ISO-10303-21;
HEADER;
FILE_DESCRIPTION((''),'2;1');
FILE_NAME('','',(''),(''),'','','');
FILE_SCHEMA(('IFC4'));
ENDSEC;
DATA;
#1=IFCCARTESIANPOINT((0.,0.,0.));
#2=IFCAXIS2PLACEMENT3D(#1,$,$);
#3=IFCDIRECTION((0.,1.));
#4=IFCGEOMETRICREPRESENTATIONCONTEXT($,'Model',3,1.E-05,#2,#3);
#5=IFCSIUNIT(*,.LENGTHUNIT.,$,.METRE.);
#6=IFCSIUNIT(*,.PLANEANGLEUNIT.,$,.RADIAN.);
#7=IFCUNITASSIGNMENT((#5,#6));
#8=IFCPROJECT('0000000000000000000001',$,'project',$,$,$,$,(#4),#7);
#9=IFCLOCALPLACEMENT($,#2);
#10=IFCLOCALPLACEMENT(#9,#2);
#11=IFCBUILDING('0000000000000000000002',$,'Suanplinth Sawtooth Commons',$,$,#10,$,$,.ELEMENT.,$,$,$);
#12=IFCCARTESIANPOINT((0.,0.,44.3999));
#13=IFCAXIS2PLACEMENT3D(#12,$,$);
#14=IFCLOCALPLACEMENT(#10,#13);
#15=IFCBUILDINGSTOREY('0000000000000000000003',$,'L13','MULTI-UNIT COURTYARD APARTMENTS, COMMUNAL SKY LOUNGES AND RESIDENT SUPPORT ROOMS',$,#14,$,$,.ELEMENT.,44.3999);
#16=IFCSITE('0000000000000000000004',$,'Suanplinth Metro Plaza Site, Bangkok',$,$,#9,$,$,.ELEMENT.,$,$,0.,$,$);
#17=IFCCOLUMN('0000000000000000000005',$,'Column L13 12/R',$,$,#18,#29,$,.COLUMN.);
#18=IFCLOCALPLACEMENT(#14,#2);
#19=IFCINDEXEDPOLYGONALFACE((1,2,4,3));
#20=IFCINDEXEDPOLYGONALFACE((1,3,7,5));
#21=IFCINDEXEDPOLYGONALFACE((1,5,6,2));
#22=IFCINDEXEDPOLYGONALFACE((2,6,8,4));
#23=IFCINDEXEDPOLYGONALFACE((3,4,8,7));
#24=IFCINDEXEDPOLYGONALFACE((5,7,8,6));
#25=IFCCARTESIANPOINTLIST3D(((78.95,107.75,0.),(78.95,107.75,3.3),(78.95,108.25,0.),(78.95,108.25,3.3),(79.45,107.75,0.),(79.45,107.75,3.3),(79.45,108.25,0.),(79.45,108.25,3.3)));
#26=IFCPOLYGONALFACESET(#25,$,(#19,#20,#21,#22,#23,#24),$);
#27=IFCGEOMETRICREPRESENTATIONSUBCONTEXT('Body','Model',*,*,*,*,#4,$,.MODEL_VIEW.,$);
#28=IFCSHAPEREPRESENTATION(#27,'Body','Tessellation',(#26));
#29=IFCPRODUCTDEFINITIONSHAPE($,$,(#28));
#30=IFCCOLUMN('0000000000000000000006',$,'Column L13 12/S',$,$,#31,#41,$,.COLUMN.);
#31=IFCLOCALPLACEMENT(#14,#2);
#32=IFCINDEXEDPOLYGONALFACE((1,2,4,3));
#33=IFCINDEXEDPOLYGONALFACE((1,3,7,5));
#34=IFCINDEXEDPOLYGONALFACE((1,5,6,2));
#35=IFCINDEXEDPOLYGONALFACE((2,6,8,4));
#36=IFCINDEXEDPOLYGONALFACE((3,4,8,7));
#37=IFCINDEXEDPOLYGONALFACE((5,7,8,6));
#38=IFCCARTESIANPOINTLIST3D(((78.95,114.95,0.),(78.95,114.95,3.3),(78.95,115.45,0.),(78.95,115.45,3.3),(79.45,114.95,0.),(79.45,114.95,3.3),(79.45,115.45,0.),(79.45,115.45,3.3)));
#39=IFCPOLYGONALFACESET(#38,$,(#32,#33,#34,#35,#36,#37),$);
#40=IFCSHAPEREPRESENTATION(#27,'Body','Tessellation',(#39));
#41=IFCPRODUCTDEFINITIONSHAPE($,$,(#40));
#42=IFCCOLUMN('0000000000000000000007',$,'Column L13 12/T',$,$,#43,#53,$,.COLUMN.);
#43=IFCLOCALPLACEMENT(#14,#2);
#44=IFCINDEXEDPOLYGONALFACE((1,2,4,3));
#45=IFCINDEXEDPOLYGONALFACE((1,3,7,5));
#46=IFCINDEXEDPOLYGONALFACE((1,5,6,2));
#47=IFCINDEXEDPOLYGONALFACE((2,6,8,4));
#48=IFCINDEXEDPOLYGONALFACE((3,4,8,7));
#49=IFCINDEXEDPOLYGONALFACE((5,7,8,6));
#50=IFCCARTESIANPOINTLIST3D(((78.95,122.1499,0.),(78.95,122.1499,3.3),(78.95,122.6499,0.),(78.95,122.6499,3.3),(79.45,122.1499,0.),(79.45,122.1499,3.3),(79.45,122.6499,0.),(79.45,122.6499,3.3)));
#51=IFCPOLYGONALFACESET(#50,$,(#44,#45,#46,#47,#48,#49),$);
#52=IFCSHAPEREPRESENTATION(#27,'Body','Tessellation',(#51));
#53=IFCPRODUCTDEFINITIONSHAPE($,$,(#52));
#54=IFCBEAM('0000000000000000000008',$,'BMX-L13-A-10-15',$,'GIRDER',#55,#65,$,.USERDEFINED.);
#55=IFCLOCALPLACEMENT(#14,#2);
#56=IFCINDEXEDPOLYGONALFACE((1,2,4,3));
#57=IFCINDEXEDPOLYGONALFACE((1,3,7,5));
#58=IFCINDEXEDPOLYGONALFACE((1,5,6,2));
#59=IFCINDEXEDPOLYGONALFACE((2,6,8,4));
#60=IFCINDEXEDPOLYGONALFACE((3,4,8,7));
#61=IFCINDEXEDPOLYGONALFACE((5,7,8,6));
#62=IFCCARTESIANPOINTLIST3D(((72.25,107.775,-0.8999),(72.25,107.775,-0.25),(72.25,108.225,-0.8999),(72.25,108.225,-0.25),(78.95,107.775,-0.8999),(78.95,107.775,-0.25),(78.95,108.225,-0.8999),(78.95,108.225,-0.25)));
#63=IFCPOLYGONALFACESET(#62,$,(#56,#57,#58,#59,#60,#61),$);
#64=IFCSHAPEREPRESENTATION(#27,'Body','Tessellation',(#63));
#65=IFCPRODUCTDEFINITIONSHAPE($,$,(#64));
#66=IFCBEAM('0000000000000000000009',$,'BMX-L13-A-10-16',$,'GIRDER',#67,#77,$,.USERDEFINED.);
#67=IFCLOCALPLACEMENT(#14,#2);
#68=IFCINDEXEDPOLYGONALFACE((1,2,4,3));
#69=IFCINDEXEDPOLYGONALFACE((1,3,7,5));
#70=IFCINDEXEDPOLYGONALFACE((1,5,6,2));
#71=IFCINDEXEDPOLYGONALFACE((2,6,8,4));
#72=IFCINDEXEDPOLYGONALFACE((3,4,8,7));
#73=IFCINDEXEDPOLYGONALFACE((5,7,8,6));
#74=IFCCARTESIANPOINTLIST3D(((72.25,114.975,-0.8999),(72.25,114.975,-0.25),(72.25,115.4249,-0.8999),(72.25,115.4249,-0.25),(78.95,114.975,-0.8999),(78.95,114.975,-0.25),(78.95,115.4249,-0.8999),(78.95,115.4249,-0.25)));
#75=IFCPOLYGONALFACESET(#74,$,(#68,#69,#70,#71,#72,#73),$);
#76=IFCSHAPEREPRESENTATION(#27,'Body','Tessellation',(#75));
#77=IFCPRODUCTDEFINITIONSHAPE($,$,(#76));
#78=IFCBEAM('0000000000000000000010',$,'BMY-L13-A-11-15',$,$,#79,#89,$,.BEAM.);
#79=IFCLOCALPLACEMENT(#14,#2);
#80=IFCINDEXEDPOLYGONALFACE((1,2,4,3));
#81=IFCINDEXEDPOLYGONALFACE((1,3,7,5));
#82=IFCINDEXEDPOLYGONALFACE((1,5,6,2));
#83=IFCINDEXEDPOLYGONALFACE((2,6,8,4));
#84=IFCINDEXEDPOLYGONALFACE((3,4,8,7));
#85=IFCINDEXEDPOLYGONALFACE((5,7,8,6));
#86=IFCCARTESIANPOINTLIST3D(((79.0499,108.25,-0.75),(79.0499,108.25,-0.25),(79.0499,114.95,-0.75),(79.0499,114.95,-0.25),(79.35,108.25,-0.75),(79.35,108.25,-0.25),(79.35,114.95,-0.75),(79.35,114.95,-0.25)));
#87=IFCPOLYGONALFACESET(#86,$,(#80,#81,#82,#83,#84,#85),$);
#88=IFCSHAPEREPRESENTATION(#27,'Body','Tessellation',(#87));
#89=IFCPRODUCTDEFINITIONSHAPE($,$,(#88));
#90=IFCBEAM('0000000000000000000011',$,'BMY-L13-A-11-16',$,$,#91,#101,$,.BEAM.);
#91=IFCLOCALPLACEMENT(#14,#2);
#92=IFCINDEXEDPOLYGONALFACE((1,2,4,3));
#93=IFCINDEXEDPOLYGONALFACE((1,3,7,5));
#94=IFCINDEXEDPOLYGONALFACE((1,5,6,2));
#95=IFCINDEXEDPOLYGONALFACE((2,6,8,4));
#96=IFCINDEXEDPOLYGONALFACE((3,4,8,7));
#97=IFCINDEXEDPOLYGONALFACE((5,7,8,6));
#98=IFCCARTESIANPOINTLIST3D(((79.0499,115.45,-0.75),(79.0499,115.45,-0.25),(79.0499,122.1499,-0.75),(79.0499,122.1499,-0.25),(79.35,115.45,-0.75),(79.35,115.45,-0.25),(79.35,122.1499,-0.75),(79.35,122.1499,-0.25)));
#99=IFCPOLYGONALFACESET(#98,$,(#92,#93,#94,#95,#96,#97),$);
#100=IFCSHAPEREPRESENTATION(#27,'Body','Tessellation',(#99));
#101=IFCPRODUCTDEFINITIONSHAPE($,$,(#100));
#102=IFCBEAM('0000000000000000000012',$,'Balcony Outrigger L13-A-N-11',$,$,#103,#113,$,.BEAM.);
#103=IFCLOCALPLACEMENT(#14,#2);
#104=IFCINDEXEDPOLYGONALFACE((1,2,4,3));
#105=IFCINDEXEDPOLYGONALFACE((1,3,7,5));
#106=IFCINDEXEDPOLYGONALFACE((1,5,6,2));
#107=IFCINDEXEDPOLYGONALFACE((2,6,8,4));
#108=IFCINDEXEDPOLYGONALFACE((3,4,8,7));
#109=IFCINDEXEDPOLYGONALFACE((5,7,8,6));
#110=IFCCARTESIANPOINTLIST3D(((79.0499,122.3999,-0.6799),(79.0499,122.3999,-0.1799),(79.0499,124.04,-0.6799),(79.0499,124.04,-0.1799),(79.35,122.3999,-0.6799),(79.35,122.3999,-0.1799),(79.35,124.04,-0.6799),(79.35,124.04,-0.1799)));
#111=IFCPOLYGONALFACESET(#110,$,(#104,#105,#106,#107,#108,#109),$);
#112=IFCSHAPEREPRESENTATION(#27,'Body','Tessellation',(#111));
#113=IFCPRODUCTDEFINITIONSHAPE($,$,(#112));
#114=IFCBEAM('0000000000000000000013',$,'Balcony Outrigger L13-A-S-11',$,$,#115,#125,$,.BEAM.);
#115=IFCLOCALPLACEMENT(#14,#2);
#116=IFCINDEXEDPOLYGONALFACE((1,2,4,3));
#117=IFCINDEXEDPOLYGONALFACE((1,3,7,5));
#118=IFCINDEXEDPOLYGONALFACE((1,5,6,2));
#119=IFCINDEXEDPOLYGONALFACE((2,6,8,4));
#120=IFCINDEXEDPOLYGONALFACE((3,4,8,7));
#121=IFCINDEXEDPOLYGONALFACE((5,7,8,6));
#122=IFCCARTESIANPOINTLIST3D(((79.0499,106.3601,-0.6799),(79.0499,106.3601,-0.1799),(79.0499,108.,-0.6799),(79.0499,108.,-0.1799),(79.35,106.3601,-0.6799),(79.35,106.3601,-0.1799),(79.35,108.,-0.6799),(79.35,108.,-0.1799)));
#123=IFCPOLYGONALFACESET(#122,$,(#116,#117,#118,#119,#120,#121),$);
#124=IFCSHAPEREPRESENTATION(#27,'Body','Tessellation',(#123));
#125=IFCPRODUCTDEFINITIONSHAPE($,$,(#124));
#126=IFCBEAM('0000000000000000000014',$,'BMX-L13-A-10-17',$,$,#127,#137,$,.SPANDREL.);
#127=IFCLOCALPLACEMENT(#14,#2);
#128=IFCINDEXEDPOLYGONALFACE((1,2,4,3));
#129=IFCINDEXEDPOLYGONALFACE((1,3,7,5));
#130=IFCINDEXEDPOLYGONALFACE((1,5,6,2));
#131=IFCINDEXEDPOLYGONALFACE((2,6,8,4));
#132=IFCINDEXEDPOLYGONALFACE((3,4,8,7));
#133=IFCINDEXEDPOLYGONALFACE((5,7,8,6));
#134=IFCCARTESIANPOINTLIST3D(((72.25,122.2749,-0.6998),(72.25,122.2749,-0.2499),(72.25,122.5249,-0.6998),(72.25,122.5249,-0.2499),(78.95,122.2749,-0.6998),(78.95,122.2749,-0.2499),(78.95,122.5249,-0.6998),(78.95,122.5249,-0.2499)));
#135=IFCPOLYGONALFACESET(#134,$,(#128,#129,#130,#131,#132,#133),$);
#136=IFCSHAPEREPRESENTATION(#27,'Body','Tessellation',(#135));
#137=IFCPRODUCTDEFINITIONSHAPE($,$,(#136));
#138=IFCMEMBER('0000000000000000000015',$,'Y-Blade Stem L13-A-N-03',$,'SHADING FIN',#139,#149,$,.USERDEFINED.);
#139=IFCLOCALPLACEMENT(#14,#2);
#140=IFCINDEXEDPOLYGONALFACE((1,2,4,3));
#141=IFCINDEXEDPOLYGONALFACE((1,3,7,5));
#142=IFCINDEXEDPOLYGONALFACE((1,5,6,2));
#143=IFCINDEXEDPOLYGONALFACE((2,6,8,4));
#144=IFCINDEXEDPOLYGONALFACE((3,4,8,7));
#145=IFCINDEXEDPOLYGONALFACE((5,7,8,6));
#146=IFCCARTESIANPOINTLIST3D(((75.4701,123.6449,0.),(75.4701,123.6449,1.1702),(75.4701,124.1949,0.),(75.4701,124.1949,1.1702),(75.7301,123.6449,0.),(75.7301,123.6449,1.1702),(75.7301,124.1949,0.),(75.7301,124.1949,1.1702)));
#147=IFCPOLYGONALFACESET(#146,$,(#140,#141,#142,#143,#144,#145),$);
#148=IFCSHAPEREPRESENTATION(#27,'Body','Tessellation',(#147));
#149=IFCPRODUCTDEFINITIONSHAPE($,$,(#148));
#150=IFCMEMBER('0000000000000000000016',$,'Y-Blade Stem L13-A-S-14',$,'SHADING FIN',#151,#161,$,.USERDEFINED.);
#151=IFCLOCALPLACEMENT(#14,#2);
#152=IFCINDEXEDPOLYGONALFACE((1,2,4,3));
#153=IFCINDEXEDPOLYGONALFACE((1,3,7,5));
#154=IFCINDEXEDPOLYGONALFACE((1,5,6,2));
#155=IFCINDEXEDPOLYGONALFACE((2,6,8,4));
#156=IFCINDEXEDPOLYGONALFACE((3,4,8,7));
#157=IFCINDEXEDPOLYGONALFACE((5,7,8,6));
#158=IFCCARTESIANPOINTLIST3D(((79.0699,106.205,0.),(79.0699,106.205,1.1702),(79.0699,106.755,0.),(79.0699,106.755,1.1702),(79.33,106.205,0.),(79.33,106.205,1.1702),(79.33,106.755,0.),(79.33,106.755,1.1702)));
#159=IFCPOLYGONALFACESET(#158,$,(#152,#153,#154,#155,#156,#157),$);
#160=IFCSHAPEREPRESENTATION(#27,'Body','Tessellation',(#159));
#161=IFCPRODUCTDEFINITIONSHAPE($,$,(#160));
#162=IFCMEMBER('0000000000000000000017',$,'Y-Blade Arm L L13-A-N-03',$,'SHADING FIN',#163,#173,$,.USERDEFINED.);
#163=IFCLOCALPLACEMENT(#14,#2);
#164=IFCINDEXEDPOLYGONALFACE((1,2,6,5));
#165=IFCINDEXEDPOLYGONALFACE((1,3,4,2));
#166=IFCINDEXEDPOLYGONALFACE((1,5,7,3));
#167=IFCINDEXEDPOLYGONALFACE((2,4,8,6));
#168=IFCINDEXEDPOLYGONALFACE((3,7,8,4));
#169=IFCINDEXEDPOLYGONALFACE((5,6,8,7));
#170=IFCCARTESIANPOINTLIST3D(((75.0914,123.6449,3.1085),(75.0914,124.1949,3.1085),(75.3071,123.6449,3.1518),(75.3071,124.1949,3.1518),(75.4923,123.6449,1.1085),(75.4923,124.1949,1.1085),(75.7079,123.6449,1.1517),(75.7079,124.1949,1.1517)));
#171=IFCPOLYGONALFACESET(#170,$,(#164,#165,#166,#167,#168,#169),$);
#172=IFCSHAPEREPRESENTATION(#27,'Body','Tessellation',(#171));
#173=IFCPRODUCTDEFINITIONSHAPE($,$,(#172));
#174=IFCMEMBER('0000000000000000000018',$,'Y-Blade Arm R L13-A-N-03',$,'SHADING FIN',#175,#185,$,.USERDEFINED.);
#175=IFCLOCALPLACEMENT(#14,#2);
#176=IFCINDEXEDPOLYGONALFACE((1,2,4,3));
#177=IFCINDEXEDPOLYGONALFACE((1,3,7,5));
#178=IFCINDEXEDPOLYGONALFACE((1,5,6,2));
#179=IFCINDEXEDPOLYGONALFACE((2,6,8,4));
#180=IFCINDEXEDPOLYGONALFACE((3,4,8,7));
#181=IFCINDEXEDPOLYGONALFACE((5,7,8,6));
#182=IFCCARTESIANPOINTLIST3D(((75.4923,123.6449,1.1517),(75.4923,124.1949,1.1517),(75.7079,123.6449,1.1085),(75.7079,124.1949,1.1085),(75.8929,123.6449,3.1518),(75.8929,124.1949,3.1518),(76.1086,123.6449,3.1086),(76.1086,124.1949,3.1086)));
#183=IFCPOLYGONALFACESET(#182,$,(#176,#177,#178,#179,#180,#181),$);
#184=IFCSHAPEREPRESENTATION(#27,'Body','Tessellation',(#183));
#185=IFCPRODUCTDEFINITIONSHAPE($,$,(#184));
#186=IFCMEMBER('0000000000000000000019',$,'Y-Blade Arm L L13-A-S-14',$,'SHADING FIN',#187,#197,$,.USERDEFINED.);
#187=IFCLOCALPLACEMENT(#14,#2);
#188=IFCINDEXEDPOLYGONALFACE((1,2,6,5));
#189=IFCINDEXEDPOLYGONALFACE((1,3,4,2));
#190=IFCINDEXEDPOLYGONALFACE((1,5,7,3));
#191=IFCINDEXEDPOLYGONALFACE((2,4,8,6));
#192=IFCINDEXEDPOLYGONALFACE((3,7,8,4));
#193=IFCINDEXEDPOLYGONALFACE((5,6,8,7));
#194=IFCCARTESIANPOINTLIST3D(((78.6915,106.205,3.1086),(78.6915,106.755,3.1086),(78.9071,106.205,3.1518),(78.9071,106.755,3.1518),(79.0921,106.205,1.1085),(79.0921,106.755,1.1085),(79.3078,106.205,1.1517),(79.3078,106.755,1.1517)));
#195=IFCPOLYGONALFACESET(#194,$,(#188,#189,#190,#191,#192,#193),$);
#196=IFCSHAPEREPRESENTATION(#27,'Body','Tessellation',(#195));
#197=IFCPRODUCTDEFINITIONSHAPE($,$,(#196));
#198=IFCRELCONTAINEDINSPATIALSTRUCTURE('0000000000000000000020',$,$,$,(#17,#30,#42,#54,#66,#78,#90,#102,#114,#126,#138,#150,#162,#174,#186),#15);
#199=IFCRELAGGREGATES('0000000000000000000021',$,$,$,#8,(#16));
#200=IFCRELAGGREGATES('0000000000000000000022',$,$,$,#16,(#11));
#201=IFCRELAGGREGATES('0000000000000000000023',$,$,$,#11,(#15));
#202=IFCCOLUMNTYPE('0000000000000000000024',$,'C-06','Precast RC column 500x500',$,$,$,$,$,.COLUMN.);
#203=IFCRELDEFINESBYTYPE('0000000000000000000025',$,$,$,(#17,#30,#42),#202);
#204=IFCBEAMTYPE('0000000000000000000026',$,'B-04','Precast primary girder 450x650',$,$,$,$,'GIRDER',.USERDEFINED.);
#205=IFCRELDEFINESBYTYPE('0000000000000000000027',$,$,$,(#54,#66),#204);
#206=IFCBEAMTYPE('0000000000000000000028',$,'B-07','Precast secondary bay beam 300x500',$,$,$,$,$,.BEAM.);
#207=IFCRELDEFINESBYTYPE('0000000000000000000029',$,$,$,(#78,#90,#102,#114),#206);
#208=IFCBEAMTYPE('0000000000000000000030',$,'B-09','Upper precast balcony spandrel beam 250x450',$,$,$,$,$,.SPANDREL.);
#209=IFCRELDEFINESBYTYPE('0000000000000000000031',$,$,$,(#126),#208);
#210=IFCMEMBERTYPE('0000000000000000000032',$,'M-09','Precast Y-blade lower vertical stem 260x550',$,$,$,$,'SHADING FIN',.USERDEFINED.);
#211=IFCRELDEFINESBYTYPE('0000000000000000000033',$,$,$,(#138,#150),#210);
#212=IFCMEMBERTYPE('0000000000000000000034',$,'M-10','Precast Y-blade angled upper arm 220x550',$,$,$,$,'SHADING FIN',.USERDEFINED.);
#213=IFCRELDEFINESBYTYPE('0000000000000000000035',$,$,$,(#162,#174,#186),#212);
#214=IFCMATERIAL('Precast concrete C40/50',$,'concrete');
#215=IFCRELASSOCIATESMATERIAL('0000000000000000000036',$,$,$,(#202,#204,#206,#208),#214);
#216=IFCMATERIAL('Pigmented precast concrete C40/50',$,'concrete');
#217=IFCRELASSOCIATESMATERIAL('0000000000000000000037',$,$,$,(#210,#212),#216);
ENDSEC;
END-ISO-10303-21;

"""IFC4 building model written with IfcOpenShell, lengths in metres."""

from ifc_helpers import new_model, si_unit, direction, frame, origin, origin_2d, place, context, subcontext, project, spatial, rectangle, extrude, material, material_profile, profile_set, type_object, element, save


model = new_model("IFC4")

# Units and contexts
model_context = context("Model", 3, precision=1e-05, world=origin(), true_north=direction((0.0, 1.0)))
body_context = subcontext(model_context, "Body", "Model", "MODEL_VIEW")
ifc_project = project(units=[si_unit("LENGTHUNIT", "METRE"), si_unit("PLANEANGLEUNIT", "RADIAN")], contexts=[model_context])

# Site, building, storey
site_placement = place(None, origin())
site = spatial("IfcSite", under=ifc_project, at=site_placement, Name="Suanplinth Metro Plaza Site, Bangkok", CompositionType="ELEMENT", RefElevation=0.0)
building_placement = place(site_placement, origin())
building = spatial("IfcBuilding", under=site, at=building_placement, Name="Suanplinth Sawtooth Commons", CompositionType="ELEMENT")
storey_placement = place(building_placement, frame((0.0, 0.0, 44.3999)))
storey = spatial("IfcBuildingStorey", under=building, at=storey_placement, Name="L13", Description="MULTI-UNIT COURTYARD APARTMENTS, COMMUNAL SKY LOUNGES AND RESIDENT SUPPORT ROOMS", CompositionType="ELEMENT", Elevation=44.3999)

# Columns
ifc_material_1 = material(Name="Precast concrete C40/50", Category="concrete")
ifc_material_profile_1 = material_profile(ifc_material_1, rectangle(XDim=0.5, YDim=0.5, at=origin_2d()), Name="PC-COL 500x500")
ifc_profile_set_1 = profile_set([ifc_material_profile_1], Name="Precast concrete C40/50")
column_type = type_object("IfcColumnType", Name="C-06", Description="Precast RC column 500x500", PredefinedType="COLUMN", material=ifc_profile_set_1)
for number, where, z_axis, x_axis, name in (
    (1, (79.2, 108.0, 0.0), (0.0, 0.0, 1.0), (1.0, 0.0, 0.0), "Column L13 12/R"),
    (2, (79.2, 115.2, 0.0), (0.0, 0.0, 1.0), (1.0, 0.0, 0.0), "Column L13 12/S"),
    (3, (79.2, 122.3999, 0.0), (0.0, 0.0, 1.0), (1.0, 0.0, 0.0), "Column L13 12/T"),
):
    element("IfcColumn", number, at=place(storey_placement, frame(where, z_axis=z_axis, x_axis=x_axis)), inside=storey, type_object=column_type, Name=name, PredefinedType="COLUMN", context=body_context, shape_type="SweptSolid", body=[
        extrude(rectangle(XDim=0.5, YDim=0.5, at=origin_2d()), origin(), (0.0, 0.0, 1.0), 3.3),
    ])

# Beams
ifc_material_profile_2 = material_profile(ifc_material_1, rectangle(XDim=0.45, YDim=0.6499, at=origin_2d()), Name="PC-GDR 450x650")
ifc_profile_set_2 = profile_set([ifc_material_profile_2], Name="Precast concrete C40/50")
beam_type_1 = type_object("IfcBeamType", Name="B-04", Description="Precast primary girder 450x650", ElementType="GIRDER", PredefinedType="USERDEFINED", material=ifc_profile_set_2)
for number, where, z_axis, x_axis, name in (
    (4, (72.25, 108.0, -0.575), (1.0, 0.0, 0.0), (0.0, 1.0, 0.0), "BMX-L13-A-10-15"),
    (5, (72.25, 115.2, -0.575), (1.0, 0.0, 0.0), (0.0, 1.0, 0.0), "BMX-L13-A-10-16"),
):
    element("IfcBeam", number, at=place(storey_placement, frame(where, z_axis=z_axis, x_axis=x_axis)), inside=storey, type_object=beam_type_1, Name=name, ObjectType="GIRDER", PredefinedType="USERDEFINED", context=body_context, shape_type="SweptSolid", body=[
        extrude(rectangle(XDim=0.45, YDim=0.6499, at=origin_2d()), origin(), (0.0, 0.0, 1.0), 6.7),
    ])
ifc_material_profile_3 = material_profile(ifc_material_1, rectangle(XDim=0.3, YDim=0.5, at=origin_2d()), Name="PC-BM 300x500")
ifc_profile_set_3 = profile_set([ifc_material_profile_3], Name="Precast concrete C40/50")
beam_type_2 = type_object("IfcBeamType", Name="B-07", Description="Precast secondary bay beam 300x500", PredefinedType="BEAM", material=ifc_profile_set_3)
for number, where, z_axis, x_axis, name in (
    (6, (79.2, 108.25, -0.5), (0.0, 1.0, 0.0), (-1.0, 0.0, 0.0), "BMY-L13-A-11-15"),
    (7, (79.2, 115.45, -0.5), (0.0, 1.0, 0.0), (-1.0, 0.0, 0.0), "BMY-L13-A-11-16"),
):
    element("IfcBeam", number, at=place(storey_placement, frame(where, z_axis=z_axis, x_axis=x_axis)), inside=storey, type_object=beam_type_2, Name=name, PredefinedType="BEAM", context=body_context, shape_type="SweptSolid", body=[
        extrude(rectangle(XDim=0.3, YDim=0.5, at=origin_2d()), origin(), (0.0, 0.0, 1.0), 6.7),
    ])
beam_1_placement = place(storey_placement, frame((79.2, 122.3999, -0.4299), z_axis=(0.0, 1.0, 0.0), x_axis=(-1.0, 0.0, 0.0)))
element("IfcBeam", 8, at=beam_1_placement, inside=storey, type_object=beam_type_2, Name="Balcony Outrigger L13-A-N-11", PredefinedType="BEAM", context=body_context, shape_type="SweptSolid", body=[
    extrude(rectangle(XDim=0.3, YDim=0.5, at=origin_2d()), origin(), (0.0, 0.0, 1.0), 1.6401),
])
beam_2_placement = place(storey_placement, frame((79.2, 108.0, -0.4299), z_axis=(0.0, -1.0, 0.0), x_axis=(1.0, 0.0, 0.0)))
element("IfcBeam", 9, at=beam_2_placement, inside=storey, type_object=beam_type_2, Name="Balcony Outrigger L13-A-S-11", PredefinedType="BEAM", context=body_context, shape_type="SweptSolid", body=[
    extrude(rectangle(XDim=0.3, YDim=0.5, at=origin_2d()), origin(), (0.0, 0.0, 1.0), 1.6399),
])
ifc_material_profile_4 = material_profile(ifc_material_1, rectangle(XDim=0.25, YDim=0.45, at=origin_2d()), Name="PC-SP 250x450")
ifc_profile_set_4 = profile_set([ifc_material_profile_4], Name="Precast concrete C40/50")
beam_type_3 = type_object("IfcBeamType", Name="B-09", Description="Upper precast balcony spandrel beam 250x450", PredefinedType="SPANDREL", material=ifc_profile_set_4)
beam_3_placement = place(storey_placement, frame((72.25, 122.3999, -0.4749), z_axis=(1.0, 0.0, 0.0), x_axis=(0.0, 1.0, 0.0)))
element("IfcBeam", 10, at=beam_3_placement, inside=storey, type_object=beam_type_3, Name="BMX-L13-A-10-17", PredefinedType="SPANDREL", context=body_context, shape_type="SweptSolid", body=[
    extrude(rectangle(XDim=0.25, YDim=0.45, at=origin_2d()), origin(), (0.0, 0.0, 1.0), 6.7),
])

# Members
ifc_material_2 = material(Name="Pigmented precast concrete C40/50", Category="concrete")
ifc_material_profile_5 = material_profile(ifc_material_2, rectangle(XDim=0.26, YDim=0.55, at=origin_2d()), Name="PC-FIN 260x550")
ifc_profile_set_5 = profile_set([ifc_material_profile_5], Name="Pigmented precast concrete C40/50")
member_type_1 = type_object("IfcMemberType", Name="M-09", Description="Precast Y-blade lower vertical stem 260x550", ElementType="SHADING FIN", PredefinedType="USERDEFINED", material=ifc_profile_set_5)
for number, where, z_axis, x_axis, name in (
    (11, (75.6001, 123.9199, 0.0), (0.0, 0.0, 1.0), (1.0, 0.0, 0.0), "Y-Blade Stem L13-A-N-03"),
    (12, (79.2, 106.48, 0.0), (0.0, 0.0, 1.0), (1.0, 0.0, 0.0), "Y-Blade Stem L13-A-S-14"),
):
    element("IfcMember", number, at=place(storey_placement, frame(where, z_axis=z_axis, x_axis=x_axis)), inside=storey, type_object=member_type_1, Name=name, ObjectType="SHADING FIN", PredefinedType="USERDEFINED", context=body_context, shape_type="SweptSolid", body=[
        extrude(rectangle(XDim=0.26, YDim=0.55, at=origin_2d()), origin(), (0.0, 0.0, 1.0), 1.1702),
    ])
ifc_material_profile_6 = material_profile(ifc_material_2, rectangle(XDim=0.22, YDim=0.55, at=origin_2d()), Name="PC-FIN 220x550")
ifc_profile_set_6 = profile_set([ifc_material_profile_6], Name="Pigmented precast concrete C40/50")
member_type_2 = type_object("IfcMemberType", Name="M-10", Description="Precast Y-blade angled upper arm 220x550", ElementType="SHADING FIN", PredefinedType="USERDEFINED", material=ifc_profile_set_6)
for number, where, z_axis, x_axis, name in (
    (13, (75.6001, 123.9199, 1.1301), (-0.19653, 0.0, 0.980498), (0.980498, 0.0, 0.19653), "Y-Blade Arm L L13-A-N-03"),
    (14, (75.6001, 123.9199, 1.1301), (0.196415, 0.0, 0.980521), (-0.980521, 0.0, 0.196415), "Y-Blade Arm R L13-A-N-03"),
    (15, (79.2, 106.48, 1.1301), (-0.196415, 0.0, 0.980521), (0.980521, 0.0, 0.196415), "Y-Blade Arm L L13-A-S-14"),
):
    element("IfcMember", number, at=place(storey_placement, frame(where, z_axis=z_axis, x_axis=x_axis)), inside=storey, type_object=member_type_2, Name=name, ObjectType="SHADING FIN", PredefinedType="USERDEFINED", context=body_context, shape_type="SweptSolid", body=[
        extrude(rectangle(XDim=0.22, YDim=0.55, at=origin_2d()), origin(), (0.0, 0.0, 1.0), 2.0398),
    ])

save(model, "model.ifc")
